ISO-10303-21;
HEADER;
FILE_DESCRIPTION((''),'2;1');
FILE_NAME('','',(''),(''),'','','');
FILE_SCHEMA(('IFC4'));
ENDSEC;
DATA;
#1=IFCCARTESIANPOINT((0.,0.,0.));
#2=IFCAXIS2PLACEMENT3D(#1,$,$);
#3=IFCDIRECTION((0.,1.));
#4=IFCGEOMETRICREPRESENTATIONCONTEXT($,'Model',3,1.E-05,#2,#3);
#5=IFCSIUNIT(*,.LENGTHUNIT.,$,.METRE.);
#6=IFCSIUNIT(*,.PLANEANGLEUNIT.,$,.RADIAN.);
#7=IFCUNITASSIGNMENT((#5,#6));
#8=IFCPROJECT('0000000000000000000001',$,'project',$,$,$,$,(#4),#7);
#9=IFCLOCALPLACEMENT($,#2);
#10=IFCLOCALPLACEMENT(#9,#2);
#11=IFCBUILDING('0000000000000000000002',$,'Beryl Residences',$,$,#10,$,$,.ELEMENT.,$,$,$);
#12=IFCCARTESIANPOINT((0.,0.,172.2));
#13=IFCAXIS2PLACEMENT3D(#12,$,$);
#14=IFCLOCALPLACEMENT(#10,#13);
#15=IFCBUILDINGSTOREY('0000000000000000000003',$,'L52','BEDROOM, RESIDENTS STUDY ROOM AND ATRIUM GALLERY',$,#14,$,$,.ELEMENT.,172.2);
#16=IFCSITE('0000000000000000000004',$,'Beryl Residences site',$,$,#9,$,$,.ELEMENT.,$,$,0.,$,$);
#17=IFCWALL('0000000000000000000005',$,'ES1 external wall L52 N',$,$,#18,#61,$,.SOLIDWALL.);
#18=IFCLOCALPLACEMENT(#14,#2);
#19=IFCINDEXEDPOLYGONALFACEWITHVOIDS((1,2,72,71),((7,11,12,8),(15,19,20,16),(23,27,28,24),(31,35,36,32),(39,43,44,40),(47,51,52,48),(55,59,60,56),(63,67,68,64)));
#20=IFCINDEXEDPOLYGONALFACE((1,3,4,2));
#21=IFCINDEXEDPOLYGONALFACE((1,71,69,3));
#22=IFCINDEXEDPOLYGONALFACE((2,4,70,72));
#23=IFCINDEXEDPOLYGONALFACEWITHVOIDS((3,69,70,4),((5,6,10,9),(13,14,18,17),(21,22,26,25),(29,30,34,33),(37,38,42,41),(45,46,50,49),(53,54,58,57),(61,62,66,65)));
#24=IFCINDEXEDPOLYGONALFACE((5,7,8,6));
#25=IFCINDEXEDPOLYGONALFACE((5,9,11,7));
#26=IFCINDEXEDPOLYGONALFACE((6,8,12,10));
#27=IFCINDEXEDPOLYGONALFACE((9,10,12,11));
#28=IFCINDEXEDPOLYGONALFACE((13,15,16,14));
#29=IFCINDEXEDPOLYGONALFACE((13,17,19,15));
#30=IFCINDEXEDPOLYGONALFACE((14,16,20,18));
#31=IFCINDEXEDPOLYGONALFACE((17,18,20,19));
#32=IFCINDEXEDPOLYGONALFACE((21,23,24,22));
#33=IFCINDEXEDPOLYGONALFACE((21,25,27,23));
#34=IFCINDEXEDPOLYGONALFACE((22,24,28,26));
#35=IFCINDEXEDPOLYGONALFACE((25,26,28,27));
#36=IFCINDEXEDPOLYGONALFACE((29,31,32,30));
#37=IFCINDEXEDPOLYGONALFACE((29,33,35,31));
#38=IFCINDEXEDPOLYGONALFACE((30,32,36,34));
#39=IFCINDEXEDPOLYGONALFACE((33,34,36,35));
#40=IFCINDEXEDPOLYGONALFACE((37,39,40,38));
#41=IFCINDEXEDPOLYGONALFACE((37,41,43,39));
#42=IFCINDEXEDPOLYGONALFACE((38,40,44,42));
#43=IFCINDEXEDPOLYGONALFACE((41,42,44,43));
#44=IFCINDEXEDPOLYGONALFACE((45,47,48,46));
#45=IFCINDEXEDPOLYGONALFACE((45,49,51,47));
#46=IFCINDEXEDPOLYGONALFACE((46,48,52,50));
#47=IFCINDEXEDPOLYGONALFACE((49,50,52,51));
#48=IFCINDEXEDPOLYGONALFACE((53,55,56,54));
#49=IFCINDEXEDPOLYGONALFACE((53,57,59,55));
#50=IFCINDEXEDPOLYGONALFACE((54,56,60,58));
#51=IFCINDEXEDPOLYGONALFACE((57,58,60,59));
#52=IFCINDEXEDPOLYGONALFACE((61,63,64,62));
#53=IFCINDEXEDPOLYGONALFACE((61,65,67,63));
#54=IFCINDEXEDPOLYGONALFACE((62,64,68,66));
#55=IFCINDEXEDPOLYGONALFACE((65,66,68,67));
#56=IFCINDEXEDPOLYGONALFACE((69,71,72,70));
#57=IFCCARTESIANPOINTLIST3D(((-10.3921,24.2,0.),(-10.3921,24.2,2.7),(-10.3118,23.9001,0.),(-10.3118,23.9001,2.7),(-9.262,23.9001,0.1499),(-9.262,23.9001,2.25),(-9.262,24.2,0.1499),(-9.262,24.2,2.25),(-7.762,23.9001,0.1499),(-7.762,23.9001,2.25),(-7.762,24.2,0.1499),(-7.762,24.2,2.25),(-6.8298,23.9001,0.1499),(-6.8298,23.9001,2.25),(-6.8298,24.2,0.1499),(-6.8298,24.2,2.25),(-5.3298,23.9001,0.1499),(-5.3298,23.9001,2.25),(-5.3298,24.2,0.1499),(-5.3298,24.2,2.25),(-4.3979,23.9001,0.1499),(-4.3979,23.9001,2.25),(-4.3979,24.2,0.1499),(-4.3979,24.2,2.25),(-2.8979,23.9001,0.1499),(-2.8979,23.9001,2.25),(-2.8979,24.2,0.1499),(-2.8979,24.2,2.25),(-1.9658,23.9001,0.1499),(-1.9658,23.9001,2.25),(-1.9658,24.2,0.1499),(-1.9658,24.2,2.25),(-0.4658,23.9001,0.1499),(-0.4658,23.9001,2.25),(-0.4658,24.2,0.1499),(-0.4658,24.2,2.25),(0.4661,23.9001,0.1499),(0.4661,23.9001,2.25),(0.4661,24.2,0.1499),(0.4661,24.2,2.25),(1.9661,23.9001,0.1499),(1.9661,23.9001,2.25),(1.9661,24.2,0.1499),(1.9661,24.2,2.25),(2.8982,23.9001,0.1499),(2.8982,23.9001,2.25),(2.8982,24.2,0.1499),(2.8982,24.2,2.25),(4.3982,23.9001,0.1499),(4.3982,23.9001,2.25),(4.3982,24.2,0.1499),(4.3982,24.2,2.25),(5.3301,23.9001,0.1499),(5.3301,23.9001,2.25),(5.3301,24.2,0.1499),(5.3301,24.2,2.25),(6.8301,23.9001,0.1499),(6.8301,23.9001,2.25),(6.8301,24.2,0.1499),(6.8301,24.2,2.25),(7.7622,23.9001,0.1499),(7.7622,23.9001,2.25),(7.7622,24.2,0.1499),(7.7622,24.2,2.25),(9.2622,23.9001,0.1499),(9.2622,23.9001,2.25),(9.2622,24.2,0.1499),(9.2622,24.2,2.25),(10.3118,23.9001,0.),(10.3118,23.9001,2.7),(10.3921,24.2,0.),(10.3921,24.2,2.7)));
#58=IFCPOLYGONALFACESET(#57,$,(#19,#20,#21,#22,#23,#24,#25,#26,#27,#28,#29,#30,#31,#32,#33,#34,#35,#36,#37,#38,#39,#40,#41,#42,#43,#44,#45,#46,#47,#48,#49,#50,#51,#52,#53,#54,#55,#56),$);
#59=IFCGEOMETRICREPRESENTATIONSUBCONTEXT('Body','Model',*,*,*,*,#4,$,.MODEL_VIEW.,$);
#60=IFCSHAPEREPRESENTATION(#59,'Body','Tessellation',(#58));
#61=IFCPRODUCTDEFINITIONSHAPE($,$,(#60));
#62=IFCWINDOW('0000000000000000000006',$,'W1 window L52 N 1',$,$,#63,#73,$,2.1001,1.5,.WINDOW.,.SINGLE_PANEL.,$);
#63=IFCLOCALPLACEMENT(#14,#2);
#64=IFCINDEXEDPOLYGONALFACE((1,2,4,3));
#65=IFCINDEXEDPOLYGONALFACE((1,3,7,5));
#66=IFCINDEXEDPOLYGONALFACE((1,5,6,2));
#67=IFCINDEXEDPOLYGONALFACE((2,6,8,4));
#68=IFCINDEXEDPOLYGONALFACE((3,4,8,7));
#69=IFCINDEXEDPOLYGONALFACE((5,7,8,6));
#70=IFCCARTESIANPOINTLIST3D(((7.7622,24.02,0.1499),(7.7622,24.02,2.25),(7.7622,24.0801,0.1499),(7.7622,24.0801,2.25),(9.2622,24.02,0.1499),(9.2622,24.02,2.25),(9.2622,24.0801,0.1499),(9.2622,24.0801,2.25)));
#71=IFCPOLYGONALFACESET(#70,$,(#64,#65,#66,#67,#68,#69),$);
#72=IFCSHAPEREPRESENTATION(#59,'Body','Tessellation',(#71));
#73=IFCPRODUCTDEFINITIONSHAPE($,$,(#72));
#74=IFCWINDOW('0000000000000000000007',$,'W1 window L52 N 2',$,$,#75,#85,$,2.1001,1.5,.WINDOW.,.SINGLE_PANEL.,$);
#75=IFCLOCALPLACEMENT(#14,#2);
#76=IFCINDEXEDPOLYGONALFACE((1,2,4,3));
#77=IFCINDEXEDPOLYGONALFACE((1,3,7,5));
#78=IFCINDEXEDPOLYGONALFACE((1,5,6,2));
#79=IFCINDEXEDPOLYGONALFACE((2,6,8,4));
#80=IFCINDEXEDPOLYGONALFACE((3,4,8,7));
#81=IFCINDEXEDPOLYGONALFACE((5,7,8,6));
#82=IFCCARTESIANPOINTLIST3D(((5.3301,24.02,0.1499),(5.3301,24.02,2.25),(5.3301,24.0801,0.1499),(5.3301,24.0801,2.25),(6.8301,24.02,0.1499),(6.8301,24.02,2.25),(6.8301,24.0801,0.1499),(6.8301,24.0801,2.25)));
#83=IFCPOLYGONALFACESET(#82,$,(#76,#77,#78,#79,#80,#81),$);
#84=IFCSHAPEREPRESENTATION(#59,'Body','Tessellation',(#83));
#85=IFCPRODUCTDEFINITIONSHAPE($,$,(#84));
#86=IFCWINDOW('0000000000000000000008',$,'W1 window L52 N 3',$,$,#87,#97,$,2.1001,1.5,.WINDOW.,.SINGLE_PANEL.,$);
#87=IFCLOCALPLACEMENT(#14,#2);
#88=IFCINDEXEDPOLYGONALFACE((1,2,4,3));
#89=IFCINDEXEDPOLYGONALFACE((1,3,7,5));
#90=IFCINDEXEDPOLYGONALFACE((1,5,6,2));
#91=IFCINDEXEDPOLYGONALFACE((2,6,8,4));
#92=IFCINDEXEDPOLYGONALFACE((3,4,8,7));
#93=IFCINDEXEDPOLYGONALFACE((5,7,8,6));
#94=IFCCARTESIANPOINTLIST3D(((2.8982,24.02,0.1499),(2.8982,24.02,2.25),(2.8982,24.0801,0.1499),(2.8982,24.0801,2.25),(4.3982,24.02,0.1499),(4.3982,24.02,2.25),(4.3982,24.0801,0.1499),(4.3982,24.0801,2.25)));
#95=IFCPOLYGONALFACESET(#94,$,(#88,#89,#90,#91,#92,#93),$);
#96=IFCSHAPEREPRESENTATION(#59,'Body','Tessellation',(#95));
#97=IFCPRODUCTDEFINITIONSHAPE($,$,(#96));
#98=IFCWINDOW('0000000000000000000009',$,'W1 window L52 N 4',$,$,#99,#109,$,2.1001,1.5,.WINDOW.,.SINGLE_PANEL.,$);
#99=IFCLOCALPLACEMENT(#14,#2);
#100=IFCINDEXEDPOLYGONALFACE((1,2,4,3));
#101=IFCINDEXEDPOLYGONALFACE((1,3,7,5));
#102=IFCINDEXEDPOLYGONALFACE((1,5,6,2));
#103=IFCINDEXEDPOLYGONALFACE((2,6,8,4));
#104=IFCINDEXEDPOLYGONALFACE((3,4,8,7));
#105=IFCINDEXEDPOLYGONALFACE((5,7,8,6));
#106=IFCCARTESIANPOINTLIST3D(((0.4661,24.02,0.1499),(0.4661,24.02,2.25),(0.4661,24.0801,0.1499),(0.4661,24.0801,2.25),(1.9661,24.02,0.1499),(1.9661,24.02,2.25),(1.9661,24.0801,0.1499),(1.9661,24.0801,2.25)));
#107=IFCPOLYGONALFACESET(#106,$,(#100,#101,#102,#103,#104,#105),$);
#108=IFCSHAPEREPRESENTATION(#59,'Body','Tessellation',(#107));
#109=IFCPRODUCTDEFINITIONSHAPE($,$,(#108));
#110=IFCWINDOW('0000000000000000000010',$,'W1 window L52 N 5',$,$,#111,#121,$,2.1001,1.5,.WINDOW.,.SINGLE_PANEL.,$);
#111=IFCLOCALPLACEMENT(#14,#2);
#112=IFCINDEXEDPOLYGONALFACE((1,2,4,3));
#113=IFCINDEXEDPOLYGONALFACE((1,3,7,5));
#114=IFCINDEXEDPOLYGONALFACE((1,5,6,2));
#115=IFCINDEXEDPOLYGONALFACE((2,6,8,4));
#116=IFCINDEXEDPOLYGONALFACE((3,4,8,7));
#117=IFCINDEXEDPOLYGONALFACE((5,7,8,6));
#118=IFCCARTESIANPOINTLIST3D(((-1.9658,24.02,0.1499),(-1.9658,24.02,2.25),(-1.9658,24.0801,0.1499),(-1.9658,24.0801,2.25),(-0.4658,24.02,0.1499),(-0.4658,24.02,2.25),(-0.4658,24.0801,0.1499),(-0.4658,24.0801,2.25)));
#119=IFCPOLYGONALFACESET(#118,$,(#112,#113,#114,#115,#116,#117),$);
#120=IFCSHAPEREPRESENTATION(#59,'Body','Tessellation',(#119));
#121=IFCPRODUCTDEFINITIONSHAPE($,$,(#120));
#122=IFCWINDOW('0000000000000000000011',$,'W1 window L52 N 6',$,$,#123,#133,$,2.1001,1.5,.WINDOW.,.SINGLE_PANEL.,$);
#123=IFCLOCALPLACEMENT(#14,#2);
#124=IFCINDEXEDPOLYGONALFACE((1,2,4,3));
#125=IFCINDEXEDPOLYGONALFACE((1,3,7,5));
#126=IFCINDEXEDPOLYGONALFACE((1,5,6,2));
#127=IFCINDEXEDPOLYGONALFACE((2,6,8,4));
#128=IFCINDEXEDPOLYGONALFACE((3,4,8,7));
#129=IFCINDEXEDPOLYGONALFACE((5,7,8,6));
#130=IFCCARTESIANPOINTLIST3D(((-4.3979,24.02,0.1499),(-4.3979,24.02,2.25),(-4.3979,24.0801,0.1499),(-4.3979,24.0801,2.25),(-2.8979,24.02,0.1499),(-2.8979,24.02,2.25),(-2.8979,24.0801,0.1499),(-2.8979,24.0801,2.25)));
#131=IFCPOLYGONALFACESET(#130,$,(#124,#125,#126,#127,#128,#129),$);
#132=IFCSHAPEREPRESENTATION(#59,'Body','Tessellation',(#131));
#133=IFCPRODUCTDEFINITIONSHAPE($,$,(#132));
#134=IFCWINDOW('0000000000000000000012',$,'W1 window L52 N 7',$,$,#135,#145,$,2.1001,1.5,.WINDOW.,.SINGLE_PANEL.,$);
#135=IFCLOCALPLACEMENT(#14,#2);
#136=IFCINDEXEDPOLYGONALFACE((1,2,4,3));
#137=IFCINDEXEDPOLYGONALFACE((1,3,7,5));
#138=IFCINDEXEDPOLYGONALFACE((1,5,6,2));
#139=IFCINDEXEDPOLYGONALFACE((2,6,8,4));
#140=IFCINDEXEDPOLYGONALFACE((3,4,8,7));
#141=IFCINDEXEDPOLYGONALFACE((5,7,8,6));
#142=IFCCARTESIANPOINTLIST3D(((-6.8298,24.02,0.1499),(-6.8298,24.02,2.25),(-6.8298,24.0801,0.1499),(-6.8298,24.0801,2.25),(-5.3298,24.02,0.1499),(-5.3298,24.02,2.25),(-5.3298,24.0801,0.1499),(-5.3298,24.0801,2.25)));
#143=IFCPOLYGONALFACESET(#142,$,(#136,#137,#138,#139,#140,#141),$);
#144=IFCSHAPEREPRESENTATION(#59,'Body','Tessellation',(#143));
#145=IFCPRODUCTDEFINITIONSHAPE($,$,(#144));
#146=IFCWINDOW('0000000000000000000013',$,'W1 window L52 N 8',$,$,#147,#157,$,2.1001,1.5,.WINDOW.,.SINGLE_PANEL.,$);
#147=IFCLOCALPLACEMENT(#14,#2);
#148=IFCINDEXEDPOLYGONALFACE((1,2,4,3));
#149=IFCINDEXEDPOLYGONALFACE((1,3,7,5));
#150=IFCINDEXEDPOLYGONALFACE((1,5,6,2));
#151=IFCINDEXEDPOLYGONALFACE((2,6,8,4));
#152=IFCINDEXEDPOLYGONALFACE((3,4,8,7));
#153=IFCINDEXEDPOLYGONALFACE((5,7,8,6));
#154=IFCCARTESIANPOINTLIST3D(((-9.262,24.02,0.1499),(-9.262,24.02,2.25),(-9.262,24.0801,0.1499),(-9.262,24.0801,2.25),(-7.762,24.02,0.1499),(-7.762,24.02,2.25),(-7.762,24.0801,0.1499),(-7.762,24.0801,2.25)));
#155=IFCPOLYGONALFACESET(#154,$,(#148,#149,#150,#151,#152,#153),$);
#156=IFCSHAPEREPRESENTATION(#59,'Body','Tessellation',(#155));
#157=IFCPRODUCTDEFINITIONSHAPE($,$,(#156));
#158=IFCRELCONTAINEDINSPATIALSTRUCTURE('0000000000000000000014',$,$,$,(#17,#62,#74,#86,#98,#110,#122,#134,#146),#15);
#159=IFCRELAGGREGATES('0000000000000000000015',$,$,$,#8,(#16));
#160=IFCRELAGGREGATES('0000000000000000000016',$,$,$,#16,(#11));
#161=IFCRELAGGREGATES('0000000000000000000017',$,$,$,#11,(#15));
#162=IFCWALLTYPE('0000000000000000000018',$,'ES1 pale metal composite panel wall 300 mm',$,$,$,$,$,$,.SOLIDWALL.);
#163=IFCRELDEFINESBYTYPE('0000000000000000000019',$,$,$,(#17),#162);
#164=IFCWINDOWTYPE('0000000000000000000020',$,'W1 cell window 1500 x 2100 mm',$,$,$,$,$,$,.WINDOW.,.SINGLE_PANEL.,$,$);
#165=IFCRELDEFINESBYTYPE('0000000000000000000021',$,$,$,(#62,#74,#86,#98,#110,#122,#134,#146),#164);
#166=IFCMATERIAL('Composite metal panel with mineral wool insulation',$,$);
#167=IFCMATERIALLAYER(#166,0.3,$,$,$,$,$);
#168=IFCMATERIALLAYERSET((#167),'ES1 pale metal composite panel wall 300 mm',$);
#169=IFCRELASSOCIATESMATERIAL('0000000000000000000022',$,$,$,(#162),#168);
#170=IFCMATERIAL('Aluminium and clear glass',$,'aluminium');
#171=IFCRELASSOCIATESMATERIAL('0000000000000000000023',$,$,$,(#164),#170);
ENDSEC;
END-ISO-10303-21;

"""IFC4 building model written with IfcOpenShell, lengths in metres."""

from ifc_helpers import new_model, si_unit, direction, frame, frame_2d, origin, place, context, subcontext, project, spatial, polyline, rectangle, outline, extrude, material, layer, layer_set, type_object, element, fill, save


model = new_model("IFC4")

# Units and contexts
model_context = context("Model", 3, precision=1e-05, world=origin(), true_north=direction((0.0, 1.0)))
body_context = subcontext(model_context, "Body", "Model", "MODEL_VIEW")
ifc_project = project(units=[si_unit("LENGTHUNIT", "METRE"), si_unit("PLANEANGLEUNIT", "RADIAN")], contexts=[model_context])

# Site, building, storey
site_placement = place(None, origin())
site = spatial("IfcSite", under=ifc_project, at=site_placement, Name="Beryl Residences site", CompositionType="ELEMENT", RefElevation=0.0)
building_placement = place(site_placement, origin())
building = spatial("IfcBuilding", under=site, at=building_placement, Name="Beryl Residences", CompositionType="ELEMENT")
storey_placement = place(building_placement, frame((0.0, 0.0, 172.2)))
storey = spatial("IfcBuildingStorey", under=building, at=storey_placement, Name="L52", Description="BEDROOM, RESIDENTS STUDY ROOM AND ATRIUM GALLERY", CompositionType="ELEMENT", Elevation=172.2)

# Wall, openings, windows
ifc_material_1 = material(Name="Composite metal panel with mineral wool insulation")
ifc_layer = layer(ifc_material_1, 0.3)
ifc_layer_set = layer_set([ifc_layer], Name="ES1 pale metal composite panel wall 300 mm")
wall_type = type_object("IfcWallType", Name="ES1 pale metal composite panel wall 300 mm", PredefinedType="SOLIDWALL", material=ifc_layer_set)
wall_1_placement = place(storey_placement, frame((10.3921, 24.05, 0.0), z_axis=(0.0, 0.0, 1.0), x_axis=(-1.0, 0.0, 0.0)))
wall_1 = element("IfcWall", 1, at=wall_1_placement, inside=storey, type_object=wall_type, Name="ES1 external wall L52 N", PredefinedType="SOLIDWALL", context=body_context, shape_type="SweptSolid", body=[
    extrude(outline(polyline([(0.0, -0.1499), (20.7842, -0.1499), (20.7039, 0.1499), (0.0803, 0.1499), (0.0, -0.1499)])), origin(), (0.0, 0.0, 1.0), 2.7),
])
opening_1_placement = place(wall_1_placement, frame((1.1299, 0.0, 0.1499)))
opening_1 = element("IfcOpeningElement", 2, at=opening_1_placement, cuts=wall_1, PredefinedType="OPENING", context=body_context, shape_type="SweptSolid", body=[
    extrude(rectangle(XDim=1.5, YDim=2.1001, at=frame_2d((0.75, 1.05))), frame((0.0, 0.1599, 0.0), z_axis=(0.0, -1.0, 0.0), x_axis=(1.0, 0.0, 0.0)), (0.0, 0.0, 1.0), 0.3201),
])
opening_2_placement = place(wall_1_placement, frame((3.562, 0.0, 0.1499)))
opening_2 = element("IfcOpeningElement", 3, at=opening_2_placement, cuts=wall_1, PredefinedType="OPENING", context=body_context, shape_type="SweptSolid", body=[
    extrude(rectangle(XDim=1.5, YDim=2.1001, at=frame_2d((0.75, 1.05))), frame((0.0, 0.1599, 0.0), z_axis=(0.0, -1.0, 0.0), x_axis=(1.0, 0.0, 0.0)), (0.0, 0.0, 1.0), 0.3201),
])
opening_3_placement = place(wall_1_placement, frame((5.9939, 0.0, 0.1499)))
opening_3 = element("IfcOpeningElement", 4, at=opening_3_placement, cuts=wall_1, PredefinedType="OPENING", context=body_context, shape_type="SweptSolid", body=[
    extrude(rectangle(XDim=1.5, YDim=2.1001, at=frame_2d((0.75, 1.05))), frame((0.0, 0.1599, 0.0), z_axis=(0.0, -1.0, 0.0), x_axis=(1.0, 0.0, 0.0)), (0.0, 0.0, 1.0), 0.3201),
])
opening_4_placement = place(wall_1_placement, frame((8.426, 0.0, 0.1499)))
opening_4 = element("IfcOpeningElement", 5, at=opening_4_placement, cuts=wall_1, PredefinedType="OPENING", context=body_context, shape_type="SweptSolid", body=[
    extrude(rectangle(XDim=1.5, YDim=2.1001, at=frame_2d((0.75, 1.05))), frame((0.0, 0.1599, 0.0), z_axis=(0.0, -1.0, 0.0), x_axis=(1.0, 0.0, 0.0)), (0.0, 0.0, 1.0), 0.3201),
])
opening_5_placement = place(wall_1_placement, frame((10.8579, 0.0, 0.1499)))
opening_5 = element("IfcOpeningElement", 6, at=opening_5_placement, cuts=wall_1, PredefinedType="OPENING", context=body_context, shape_type="SweptSolid", body=[
    extrude(rectangle(XDim=1.5, YDim=2.1001, at=frame_2d((0.75, 1.05))), frame((0.0, 0.1599, 0.0), z_axis=(0.0, -1.0, 0.0), x_axis=(1.0, 0.0, 0.0)), (0.0, 0.0, 1.0), 0.3201),
])
opening_6_placement = place(wall_1_placement, frame((13.29, 0.0, 0.1499)))
opening_6 = element("IfcOpeningElement", 7, at=opening_6_placement, cuts=wall_1, PredefinedType="OPENING", context=body_context, shape_type="SweptSolid", body=[
    extrude(rectangle(XDim=1.5, YDim=2.1001, at=frame_2d((0.75, 1.05))), frame((0.0, 0.1599, 0.0), z_axis=(0.0, -1.0, 0.0), x_axis=(1.0, 0.0, 0.0)), (0.0, 0.0, 1.0), 0.3201),
])
opening_7_placement = place(wall_1_placement, frame((15.7219, 0.0, 0.1499)))
opening_7 = element("IfcOpeningElement", 8, at=opening_7_placement, cuts=wall_1, PredefinedType="OPENING", context=body_context, shape_type="SweptSolid", body=[
    extrude(rectangle(XDim=1.5, YDim=2.1001, at=frame_2d((0.75, 1.05))), frame((0.0, 0.1599, 0.0), z_axis=(0.0, -1.0, 0.0), x_axis=(1.0, 0.0, 0.0)), (0.0, 0.0, 1.0), 0.3201),
])
opening_8_placement = place(wall_1_placement, frame((18.1541, 0.0, 0.1499)))
opening_8 = element("IfcOpeningElement", 9, at=opening_8_placement, cuts=wall_1, PredefinedType="OPENING", context=body_context, shape_type="SweptSolid", body=[
    extrude(rectangle(XDim=1.5, YDim=2.1001, at=frame_2d((0.75, 1.05))), frame((0.0, 0.1599, 0.0), z_axis=(0.0, -1.0, 0.0), x_axis=(1.0, 0.0, 0.0)), (0.0, 0.0, 1.0), 0.3201),
])
ifc_material_2 = material(Name="Aluminium and clear glass", Category="aluminium")
window_type_1 = type_object("IfcWindowType", Name="W1 cell window 1500 x 2100 mm", PartitioningType="SINGLE_PANEL", PredefinedType="WINDOW", material=ifc_material_2)
window_1_placement = place(opening_1_placement, origin())
window_1 = element("IfcWindow", 10, at=window_1_placement, inside=storey, type_object=window_type_1, Name="W1 window L52 N 1", OverallHeight=2.1001, OverallWidth=1.5, PartitioningType="SINGLE_PANEL", PredefinedType="WINDOW", context=body_context, shape_type="SweptSolid", body=[
    extrude(rectangle(XDim=1.5, YDim=2.1001, at=frame_2d((0.75, 1.05))), frame((0.0, 0.03, 0.0), z_axis=(0.0, -1.0, 0.0), x_axis=(1.0, 0.0, 0.0)), (0.0, 0.0, 1.0), 0.0601),
])
fill(opening_1, window_1)
window_2_placement = place(opening_2_placement, origin())
window_2 = element("IfcWindow", 11, at=window_2_placement, inside=storey, type_object=window_type_1, Name="W1 window L52 N 2", OverallHeight=2.1001, OverallWidth=1.5, PartitioningType="SINGLE_PANEL", PredefinedType="WINDOW", context=body_context, shape_type="SweptSolid", body=[
    extrude(rectangle(XDim=1.5, YDim=2.1001, at=frame_2d((0.75, 1.05))), frame((0.0, 0.03, 0.0), z_axis=(0.0, -1.0, 0.0), x_axis=(1.0, 0.0, 0.0)), (0.0, 0.0, 1.0), 0.0601),
])
fill(opening_2, window_2)
window_3_placement = place(opening_3_placement, origin())
window_3 = element("IfcWindow", 12, at=window_3_placement, inside=storey, type_object=window_type_1, Name="W1 window L52 N 3", OverallHeight=2.1001, OverallWidth=1.5, PartitioningType="SINGLE_PANEL", PredefinedType="WINDOW", context=body_context, shape_type="SweptSolid", body=[
    extrude(rectangle(XDim=1.5, YDim=2.1001, at=frame_2d((0.75, 1.05))), frame((0.0, 0.03, 0.0), z_axis=(0.0, -1.0, 0.0), x_axis=(1.0, 0.0, 0.0)), (0.0, 0.0, 1.0), 0.0601),
])
fill(opening_3, window_3)
window_4_placement = place(opening_4_placement, origin())
window_4 = element("IfcWindow", 13, at=window_4_placement, inside=storey, type_object=window_type_1, Name="W1 window L52 N 4", OverallHeight=2.1001, OverallWidth=1.5, PartitioningType="SINGLE_PANEL", PredefinedType="WINDOW", context=body_context, shape_type="SweptSolid", body=[
    extrude(rectangle(XDim=1.5, YDim=2.1001, at=frame_2d((0.75, 1.05))), frame((0.0, 0.03, 0.0), z_axis=(0.0, -1.0, 0.0), x_axis=(1.0, 0.0, 0.0)), (0.0, 0.0, 1.0), 0.0601),
])
fill(opening_4, window_4)
window_5_placement = place(opening_5_placement, origin())
window_5 = element("IfcWindow", 14, at=window_5_placement, inside=storey, type_object=window_type_1, Name="W1 window L52 N 5", OverallHeight=2.1001, OverallWidth=1.5, PartitioningType="SINGLE_PANEL", PredefinedType="WINDOW", context=body_context, shape_type="SweptSolid", body=[
    extrude(rectangle(XDim=1.5, YDim=2.1001, at=frame_2d((0.75, 1.05))), frame((0.0, 0.03, 0.0), z_axis=(0.0, -1.0, 0.0), x_axis=(1.0, 0.0, 0.0)), (0.0, 0.0, 1.0), 0.0601),
])
fill(opening_5, window_5)
window_6_placement = place(opening_6_placement, origin())
window_6 = element("IfcWindow", 15, at=window_6_placement, inside=storey, type_object=window_type_1, Name="W1 window L52 N 6", OverallHeight=2.1001, OverallWidth=1.5, PartitioningType="SINGLE_PANEL", PredefinedType="WINDOW", context=body_context, shape_type="SweptSolid", body=[
    extrude(rectangle(XDim=1.5, YDim=2.1001, at=frame_2d((0.75, 1.05))), frame((0.0, 0.03, 0.0), z_axis=(0.0, -1.0, 0.0), x_axis=(1.0, 0.0, 0.0)), (0.0, 0.0, 1.0), 0.0601),
])
fill(opening_6, window_6)
window_7_placement = place(opening_7_placement, origin())
window_7 = element("IfcWindow", 16, at=window_7_placement, inside=storey, type_object=window_type_1, Name="W1 window L52 N 7", OverallHeight=2.1001, OverallWidth=1.5, PartitioningType="SINGLE_PANEL", PredefinedType="WINDOW", context=body_context, shape_type="SweptSolid", body=[
    extrude(rectangle(XDim=1.5, YDim=2.1001, at=frame_2d((0.75, 1.05))), frame((0.0, 0.03, 0.0), z_axis=(0.0, -1.0, 0.0), x_axis=(1.0, 0.0, 0.0)), (0.0, 0.0, 1.0), 0.0601),
])
fill(opening_7, window_7)
window_8_placement = place(opening_8_placement, origin())
window_8 = element("IfcWindow", 17, at=window_8_placement, inside=storey, type_object=window_type_1, Name="W1 window L52 N 8", OverallHeight=2.1001, OverallWidth=1.5, PartitioningType="SINGLE_PANEL", PredefinedType="WINDOW", context=body_context, shape_type="SweptSolid", body=[
    extrude(rectangle(XDim=1.5, YDim=2.1001, at=frame_2d((0.75, 1.05))), frame((0.0, 0.03, 0.0), z_axis=(0.0, -1.0, 0.0), x_axis=(1.0, 0.0, 0.0)), (0.0, 0.0, 1.0), 0.0601),
])
fill(opening_8, window_8)

save(model, "model.ifc")
